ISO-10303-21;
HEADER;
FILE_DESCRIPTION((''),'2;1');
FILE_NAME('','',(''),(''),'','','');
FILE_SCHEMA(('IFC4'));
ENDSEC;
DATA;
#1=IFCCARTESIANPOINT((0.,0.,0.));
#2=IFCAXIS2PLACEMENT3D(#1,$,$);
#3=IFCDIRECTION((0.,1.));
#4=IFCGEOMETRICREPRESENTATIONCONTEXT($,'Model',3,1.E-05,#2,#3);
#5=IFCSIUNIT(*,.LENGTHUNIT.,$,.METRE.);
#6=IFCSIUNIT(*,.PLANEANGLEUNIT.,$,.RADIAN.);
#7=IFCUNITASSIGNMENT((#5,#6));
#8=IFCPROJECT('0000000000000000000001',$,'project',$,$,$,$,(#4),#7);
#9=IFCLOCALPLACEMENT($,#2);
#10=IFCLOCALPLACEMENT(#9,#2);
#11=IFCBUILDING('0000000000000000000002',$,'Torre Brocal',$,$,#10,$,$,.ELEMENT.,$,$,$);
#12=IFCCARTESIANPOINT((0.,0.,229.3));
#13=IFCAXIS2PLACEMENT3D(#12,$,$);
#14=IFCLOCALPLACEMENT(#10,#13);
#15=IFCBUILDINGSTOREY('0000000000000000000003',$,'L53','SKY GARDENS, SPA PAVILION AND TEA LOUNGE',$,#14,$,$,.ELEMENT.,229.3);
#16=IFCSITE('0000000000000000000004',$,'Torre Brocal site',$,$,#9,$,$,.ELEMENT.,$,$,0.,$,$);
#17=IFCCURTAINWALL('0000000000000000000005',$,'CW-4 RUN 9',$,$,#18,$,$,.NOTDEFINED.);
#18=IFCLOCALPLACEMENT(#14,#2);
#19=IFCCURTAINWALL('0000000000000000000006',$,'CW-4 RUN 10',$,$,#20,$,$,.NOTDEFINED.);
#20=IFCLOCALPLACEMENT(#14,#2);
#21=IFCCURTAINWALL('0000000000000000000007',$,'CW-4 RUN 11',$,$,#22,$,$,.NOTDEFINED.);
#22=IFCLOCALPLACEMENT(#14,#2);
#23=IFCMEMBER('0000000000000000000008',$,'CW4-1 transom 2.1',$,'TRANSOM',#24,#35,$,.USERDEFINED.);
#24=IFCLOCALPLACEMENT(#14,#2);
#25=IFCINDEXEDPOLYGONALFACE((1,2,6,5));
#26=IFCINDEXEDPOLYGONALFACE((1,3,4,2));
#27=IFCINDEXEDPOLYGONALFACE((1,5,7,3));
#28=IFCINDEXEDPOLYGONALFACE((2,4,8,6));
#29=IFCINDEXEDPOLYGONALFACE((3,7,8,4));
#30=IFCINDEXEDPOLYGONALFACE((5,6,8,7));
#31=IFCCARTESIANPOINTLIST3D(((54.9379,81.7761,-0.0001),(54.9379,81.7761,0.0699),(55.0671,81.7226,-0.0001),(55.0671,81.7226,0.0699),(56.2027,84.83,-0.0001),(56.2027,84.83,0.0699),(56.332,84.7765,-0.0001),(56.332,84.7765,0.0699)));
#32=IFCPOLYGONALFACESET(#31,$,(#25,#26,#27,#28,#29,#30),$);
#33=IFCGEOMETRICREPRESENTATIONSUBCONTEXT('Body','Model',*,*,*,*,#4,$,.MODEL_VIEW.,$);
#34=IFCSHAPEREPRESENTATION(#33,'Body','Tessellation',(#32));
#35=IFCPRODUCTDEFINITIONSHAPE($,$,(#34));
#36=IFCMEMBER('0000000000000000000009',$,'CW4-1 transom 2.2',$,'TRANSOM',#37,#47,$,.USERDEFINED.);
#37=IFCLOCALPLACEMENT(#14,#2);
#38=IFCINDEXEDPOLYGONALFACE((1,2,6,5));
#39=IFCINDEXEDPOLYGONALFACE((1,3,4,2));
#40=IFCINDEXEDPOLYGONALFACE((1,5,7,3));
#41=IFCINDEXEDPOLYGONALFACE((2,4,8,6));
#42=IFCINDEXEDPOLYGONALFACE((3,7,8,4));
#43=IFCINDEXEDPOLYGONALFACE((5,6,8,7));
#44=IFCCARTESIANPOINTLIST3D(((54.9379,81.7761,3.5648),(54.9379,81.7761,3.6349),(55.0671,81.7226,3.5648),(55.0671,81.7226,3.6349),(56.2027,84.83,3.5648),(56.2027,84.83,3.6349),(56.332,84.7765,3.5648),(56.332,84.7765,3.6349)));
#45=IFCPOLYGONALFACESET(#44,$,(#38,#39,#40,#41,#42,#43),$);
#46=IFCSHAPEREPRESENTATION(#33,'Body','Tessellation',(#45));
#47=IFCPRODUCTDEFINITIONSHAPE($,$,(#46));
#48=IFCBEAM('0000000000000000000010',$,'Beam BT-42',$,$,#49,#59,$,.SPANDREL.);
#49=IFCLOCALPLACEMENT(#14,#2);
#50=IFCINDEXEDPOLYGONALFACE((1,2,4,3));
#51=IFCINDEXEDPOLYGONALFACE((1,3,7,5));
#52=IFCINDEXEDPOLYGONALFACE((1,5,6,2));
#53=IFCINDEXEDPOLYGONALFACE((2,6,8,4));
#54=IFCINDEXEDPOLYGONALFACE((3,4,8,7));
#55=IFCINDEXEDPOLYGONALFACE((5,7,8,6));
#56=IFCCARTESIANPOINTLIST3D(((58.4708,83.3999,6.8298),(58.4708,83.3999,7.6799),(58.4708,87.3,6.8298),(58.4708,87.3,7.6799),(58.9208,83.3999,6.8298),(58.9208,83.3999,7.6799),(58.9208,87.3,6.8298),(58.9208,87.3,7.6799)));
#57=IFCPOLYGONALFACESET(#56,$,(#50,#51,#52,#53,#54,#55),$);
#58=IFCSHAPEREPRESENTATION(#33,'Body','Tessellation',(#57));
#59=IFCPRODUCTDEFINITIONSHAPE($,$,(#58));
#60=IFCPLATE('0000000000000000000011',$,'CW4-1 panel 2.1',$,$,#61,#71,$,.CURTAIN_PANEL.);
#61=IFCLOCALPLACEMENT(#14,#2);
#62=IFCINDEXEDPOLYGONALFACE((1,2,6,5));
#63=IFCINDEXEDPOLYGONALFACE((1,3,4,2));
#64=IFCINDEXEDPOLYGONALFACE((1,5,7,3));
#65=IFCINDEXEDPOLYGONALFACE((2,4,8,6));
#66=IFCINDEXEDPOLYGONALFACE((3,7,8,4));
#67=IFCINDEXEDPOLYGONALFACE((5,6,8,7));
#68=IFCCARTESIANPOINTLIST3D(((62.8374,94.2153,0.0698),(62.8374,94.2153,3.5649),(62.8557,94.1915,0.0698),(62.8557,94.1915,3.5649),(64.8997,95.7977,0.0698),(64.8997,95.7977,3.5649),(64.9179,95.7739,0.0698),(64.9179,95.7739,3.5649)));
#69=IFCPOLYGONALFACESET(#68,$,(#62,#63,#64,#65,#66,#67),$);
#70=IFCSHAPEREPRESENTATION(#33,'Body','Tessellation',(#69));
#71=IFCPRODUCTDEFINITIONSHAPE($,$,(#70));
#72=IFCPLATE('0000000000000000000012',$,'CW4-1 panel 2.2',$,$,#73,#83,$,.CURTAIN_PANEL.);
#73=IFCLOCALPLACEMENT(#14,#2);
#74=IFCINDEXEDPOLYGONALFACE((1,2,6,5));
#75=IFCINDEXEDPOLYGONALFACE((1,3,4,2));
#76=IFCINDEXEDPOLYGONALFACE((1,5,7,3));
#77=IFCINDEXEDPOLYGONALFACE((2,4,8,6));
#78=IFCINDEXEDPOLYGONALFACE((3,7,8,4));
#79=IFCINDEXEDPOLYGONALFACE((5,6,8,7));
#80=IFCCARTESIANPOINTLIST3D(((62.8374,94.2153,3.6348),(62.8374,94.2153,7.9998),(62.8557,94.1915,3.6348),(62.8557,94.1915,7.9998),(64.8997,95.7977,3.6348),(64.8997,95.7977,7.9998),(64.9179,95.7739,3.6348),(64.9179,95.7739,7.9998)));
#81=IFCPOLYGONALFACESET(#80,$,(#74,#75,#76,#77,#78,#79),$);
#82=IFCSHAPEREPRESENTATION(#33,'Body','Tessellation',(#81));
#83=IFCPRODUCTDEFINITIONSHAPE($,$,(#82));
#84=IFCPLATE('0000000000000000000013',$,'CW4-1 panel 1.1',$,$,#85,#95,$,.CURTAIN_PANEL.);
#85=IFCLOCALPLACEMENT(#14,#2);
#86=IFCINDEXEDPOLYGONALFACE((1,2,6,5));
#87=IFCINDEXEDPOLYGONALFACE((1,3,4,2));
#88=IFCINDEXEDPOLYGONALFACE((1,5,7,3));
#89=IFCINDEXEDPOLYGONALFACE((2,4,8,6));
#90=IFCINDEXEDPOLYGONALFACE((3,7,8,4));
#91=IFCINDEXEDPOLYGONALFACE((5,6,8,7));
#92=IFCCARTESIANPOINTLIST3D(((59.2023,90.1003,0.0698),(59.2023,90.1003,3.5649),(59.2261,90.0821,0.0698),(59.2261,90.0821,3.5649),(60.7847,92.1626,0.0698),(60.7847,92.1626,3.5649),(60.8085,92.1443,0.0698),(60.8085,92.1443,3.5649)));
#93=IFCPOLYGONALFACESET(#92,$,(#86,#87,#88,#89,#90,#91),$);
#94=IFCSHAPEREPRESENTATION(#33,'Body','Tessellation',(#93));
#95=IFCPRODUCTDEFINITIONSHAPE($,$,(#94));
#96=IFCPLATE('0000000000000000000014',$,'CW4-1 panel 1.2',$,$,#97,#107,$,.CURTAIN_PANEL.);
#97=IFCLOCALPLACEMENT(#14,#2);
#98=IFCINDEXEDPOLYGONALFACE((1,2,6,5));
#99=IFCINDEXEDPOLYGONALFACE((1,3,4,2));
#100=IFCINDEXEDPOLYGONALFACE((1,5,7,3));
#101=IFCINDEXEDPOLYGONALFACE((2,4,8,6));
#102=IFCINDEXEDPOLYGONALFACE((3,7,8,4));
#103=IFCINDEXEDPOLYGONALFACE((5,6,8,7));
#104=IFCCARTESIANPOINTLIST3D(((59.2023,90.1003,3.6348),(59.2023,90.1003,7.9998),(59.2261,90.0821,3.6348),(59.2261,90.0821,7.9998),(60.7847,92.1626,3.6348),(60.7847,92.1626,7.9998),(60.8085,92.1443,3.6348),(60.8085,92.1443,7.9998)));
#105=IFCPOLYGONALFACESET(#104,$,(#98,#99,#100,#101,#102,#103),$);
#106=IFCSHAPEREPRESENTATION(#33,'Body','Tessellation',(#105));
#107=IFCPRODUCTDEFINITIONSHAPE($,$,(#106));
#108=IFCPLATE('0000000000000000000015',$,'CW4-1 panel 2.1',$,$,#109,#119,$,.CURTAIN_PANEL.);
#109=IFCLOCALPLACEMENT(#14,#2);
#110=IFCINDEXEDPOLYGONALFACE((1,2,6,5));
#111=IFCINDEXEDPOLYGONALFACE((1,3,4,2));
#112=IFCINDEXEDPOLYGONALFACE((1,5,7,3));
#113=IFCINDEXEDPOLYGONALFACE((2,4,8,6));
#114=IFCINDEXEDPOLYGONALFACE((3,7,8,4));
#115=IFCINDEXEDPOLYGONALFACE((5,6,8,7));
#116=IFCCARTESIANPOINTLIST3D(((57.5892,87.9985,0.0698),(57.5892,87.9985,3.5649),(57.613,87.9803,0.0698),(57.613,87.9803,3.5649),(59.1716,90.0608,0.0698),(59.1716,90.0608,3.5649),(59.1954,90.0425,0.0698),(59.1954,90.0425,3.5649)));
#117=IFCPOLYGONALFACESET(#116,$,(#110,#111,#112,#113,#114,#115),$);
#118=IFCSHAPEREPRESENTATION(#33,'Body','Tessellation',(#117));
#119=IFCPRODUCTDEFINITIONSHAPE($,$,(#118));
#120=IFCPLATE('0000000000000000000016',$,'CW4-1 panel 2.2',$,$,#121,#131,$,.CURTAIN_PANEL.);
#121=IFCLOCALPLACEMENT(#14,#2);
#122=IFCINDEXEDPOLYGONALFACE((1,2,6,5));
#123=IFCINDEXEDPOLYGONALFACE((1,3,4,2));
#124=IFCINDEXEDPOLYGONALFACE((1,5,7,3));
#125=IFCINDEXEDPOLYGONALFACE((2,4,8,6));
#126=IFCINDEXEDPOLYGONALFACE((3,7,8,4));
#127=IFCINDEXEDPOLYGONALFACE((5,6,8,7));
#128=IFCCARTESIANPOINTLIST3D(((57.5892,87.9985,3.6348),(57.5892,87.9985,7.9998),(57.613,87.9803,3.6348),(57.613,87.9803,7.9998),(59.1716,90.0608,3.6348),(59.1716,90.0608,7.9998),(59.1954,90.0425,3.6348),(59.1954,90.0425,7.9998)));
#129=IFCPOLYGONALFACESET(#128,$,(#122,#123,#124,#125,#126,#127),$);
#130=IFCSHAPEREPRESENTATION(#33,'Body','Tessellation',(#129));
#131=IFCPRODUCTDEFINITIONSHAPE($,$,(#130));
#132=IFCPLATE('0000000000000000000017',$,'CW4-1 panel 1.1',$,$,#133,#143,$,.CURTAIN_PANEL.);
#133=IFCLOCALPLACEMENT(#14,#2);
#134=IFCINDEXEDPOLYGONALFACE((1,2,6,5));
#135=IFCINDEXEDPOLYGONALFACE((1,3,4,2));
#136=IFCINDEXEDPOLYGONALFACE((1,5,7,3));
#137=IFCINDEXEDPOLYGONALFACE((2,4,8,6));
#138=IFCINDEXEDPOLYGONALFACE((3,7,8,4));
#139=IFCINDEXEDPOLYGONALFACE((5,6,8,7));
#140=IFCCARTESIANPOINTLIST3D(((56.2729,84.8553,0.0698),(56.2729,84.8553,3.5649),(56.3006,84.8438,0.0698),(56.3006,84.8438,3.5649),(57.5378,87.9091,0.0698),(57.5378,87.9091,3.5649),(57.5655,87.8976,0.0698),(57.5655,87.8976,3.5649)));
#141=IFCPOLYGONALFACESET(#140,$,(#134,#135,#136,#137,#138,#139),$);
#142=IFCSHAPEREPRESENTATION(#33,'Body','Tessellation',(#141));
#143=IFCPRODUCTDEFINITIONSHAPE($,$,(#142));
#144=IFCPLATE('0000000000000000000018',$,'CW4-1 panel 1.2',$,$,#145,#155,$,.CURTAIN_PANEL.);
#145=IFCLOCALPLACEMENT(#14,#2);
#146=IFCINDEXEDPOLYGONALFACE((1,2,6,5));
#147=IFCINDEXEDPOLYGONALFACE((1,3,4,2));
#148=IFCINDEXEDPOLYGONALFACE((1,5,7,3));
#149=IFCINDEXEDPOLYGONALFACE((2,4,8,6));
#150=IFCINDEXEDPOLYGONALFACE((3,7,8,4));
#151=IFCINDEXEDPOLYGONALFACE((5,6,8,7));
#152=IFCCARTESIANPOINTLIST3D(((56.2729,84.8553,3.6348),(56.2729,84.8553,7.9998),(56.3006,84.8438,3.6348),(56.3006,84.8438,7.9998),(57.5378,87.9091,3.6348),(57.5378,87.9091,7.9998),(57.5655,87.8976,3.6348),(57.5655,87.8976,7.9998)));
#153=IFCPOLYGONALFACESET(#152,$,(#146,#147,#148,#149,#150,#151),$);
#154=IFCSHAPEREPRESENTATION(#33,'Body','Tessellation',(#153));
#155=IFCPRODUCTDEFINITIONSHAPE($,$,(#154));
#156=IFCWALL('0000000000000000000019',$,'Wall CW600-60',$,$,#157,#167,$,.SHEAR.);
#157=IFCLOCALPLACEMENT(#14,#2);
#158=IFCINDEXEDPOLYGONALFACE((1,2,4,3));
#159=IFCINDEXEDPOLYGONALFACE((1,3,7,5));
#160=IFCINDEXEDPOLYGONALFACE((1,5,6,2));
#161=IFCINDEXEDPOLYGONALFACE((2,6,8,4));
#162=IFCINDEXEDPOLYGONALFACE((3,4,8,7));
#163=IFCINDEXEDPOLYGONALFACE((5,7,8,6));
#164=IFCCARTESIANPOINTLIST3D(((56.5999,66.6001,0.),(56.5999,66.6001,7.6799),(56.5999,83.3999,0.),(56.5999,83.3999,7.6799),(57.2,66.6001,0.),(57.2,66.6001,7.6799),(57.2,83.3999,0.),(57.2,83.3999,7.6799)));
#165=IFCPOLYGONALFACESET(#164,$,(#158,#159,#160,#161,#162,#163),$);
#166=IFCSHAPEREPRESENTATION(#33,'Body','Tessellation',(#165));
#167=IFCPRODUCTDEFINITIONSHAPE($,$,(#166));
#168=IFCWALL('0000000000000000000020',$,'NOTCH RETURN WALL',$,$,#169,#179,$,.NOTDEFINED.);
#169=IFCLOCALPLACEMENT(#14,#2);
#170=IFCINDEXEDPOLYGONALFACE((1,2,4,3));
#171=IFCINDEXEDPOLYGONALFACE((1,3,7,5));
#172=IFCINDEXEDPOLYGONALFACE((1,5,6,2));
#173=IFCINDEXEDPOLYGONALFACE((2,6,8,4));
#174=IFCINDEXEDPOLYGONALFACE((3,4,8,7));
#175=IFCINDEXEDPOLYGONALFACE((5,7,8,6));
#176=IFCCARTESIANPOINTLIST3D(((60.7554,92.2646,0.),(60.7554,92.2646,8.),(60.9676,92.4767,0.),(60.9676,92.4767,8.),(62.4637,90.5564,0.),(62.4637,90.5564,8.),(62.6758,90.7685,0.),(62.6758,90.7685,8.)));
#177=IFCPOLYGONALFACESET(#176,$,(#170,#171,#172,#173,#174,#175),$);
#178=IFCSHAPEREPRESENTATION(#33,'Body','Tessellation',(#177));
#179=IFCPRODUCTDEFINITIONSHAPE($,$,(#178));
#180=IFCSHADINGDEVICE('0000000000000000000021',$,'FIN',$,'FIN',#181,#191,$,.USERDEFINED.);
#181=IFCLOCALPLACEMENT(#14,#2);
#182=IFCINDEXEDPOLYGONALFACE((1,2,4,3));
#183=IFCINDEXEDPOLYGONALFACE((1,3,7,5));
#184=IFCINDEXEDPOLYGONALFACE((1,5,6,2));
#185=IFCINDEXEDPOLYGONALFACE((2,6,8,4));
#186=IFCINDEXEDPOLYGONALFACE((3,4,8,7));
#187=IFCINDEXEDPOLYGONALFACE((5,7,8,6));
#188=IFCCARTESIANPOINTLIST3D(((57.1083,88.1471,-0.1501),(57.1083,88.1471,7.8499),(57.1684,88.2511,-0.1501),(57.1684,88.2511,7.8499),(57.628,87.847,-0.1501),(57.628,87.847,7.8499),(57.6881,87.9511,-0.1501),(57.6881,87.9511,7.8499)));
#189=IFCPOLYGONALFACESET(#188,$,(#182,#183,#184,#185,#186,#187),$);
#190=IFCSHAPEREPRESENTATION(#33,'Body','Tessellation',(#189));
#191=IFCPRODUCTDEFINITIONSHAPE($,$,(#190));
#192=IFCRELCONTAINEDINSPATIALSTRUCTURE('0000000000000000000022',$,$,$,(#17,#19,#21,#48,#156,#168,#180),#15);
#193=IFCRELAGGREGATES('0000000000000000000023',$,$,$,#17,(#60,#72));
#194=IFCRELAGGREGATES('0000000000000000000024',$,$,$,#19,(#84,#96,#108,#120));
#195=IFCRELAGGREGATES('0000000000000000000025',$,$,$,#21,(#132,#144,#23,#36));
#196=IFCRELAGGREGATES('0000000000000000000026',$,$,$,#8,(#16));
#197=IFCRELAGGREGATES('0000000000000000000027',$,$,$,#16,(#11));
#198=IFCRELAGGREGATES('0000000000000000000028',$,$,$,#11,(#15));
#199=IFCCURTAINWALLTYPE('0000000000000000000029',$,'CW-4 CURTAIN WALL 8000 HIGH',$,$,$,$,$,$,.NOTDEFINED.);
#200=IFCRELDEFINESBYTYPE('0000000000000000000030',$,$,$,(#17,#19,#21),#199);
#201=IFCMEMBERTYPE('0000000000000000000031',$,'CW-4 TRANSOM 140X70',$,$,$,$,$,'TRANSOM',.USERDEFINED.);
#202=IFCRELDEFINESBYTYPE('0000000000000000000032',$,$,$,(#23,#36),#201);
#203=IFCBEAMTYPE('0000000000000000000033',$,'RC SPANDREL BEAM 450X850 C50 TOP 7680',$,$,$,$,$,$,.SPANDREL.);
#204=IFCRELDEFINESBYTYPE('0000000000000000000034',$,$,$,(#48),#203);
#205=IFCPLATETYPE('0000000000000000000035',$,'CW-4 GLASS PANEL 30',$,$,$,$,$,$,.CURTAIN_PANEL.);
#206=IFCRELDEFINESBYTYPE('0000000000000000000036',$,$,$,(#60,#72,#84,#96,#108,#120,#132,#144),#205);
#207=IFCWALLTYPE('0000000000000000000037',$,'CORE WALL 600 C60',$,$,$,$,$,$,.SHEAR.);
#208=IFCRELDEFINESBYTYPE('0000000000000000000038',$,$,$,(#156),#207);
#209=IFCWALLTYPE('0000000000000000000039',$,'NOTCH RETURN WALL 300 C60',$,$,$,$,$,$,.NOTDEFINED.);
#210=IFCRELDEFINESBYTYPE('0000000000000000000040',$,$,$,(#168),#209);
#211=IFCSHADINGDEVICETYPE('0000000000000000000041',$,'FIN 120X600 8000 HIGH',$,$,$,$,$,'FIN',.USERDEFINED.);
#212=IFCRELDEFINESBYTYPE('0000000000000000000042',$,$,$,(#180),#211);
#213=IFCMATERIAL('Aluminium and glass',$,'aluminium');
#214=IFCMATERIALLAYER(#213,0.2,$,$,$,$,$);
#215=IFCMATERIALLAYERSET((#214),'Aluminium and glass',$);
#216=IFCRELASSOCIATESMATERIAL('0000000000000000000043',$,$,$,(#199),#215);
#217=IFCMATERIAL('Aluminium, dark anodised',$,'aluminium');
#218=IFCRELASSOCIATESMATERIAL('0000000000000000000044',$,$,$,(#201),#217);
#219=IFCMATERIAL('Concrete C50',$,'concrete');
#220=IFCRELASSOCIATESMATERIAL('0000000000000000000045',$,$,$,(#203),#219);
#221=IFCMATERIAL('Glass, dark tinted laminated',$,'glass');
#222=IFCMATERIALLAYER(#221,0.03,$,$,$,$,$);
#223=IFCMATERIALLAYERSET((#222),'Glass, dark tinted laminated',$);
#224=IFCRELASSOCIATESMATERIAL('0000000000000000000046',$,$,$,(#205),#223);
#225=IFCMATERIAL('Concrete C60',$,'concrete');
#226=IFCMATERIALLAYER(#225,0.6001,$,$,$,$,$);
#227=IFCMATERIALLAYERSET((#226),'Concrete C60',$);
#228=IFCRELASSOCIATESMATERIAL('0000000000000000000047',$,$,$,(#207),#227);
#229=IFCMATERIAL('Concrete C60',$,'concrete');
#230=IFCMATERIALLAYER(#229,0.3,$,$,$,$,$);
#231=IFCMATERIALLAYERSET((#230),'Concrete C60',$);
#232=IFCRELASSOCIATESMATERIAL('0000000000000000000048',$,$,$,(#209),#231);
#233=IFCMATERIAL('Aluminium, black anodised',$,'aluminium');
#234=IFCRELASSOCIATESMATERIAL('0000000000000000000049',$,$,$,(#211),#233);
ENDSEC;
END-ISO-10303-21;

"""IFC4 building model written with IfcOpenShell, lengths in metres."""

from ifc_helpers import new_model, si_unit, direction, frame, frame_2d, origin, origin_2d, place, context, subcontext, project, spatial, rectangle, extrude, material, layer, layer_set, material_profile, profile_set, type_object, element, aggregate, save


model = new_model("IFC4")

# Units and contexts
model_context = context("Model", 3, precision=1e-05, world=origin(), true_north=direction((0.0, 1.0)))
body_context = subcontext(model_context, "Body", "Model", "MODEL_VIEW")
ifc_project = project(units=[si_unit("LENGTHUNIT", "METRE"), si_unit("PLANEANGLEUNIT", "RADIAN")], contexts=[model_context])

# Site, building, storey
site_placement = place(None, origin())
site = spatial("IfcSite", under=ifc_project, at=site_placement, Name="Torre Brocal site", CompositionType="ELEMENT", RefElevation=0.0)
building_placement = place(site_placement, origin())
building = spatial("IfcBuilding", under=site, at=building_placement, Name="Torre Brocal", CompositionType="ELEMENT")
storey_placement = place(building_placement, frame((0.0, 0.0, 229.3)))
storey = spatial("IfcBuildingStorey", under=building, at=storey_placement, Name="L53", Description="SKY GARDENS, SPA PAVILION AND TEA LOUNGE", CompositionType="ELEMENT", Elevation=229.3)

# Curtain wall
ifc_material_1 = material(Name="Aluminium and glass", Category="aluminium")
ifc_layer_1 = layer(ifc_material_1, 0.2)
ifc_layer_set_1 = layer_set([ifc_layer_1], Name="Aluminium and glass")
curtain_wall_type = type_object("IfcCurtainWallType", Name="CW-4 CURTAIN WALL 8000 HIGH", PredefinedType="NOTDEFINED", material=ifc_layer_set_1)
curtain_wall_1_placement = place(storey_placement, origin())
curtain_wall_1 = element("IfcCurtainWall", 1, at=curtain_wall_1_placement, inside=storey, type_object=curtain_wall_type, Name="CW-4 RUN 9", PredefinedType="NOTDEFINED")

# Curtain walls
curtain_wall_2_placement = place(storey_placement, origin())
curtain_wall_2 = element("IfcCurtainWall", 2, at=curtain_wall_2_placement, inside=storey, type_object=curtain_wall_type, Name="CW-4 RUN 10", PredefinedType="NOTDEFINED")
curtain_wall_3_placement = place(storey_placement, origin())
curtain_wall_3 = element("IfcCurtainWall", 3, at=curtain_wall_3_placement, inside=storey, type_object=curtain_wall_type, Name="CW-4 RUN 11", PredefinedType="NOTDEFINED")

# Members
ifc_material_2 = material(Name="Aluminium, dark anodised", Category="aluminium")
ifc_material_profile_1 = material_profile(ifc_material_2, rectangle(XDim=0.1399, YDim=0.0701, at=origin_2d()), Name="CW-4 TRANSOM 140X70")
ifc_profile_set_1 = profile_set([ifc_material_profile_1], Name="Aluminium, dark anodised")
member_type_1 = type_object("IfcMemberType", Name="CW-4 TRANSOM 140X70", ElementType="TRANSOM", PredefinedType="USERDEFINED", material=ifc_profile_set_1)
member_1_placement = place(storey_placement, frame((56.2673, 84.8032, 0.0349), z_axis=(-0.382658, -0.92389, 0.0), x_axis=(0.92389, -0.382658, 0.0)))
member_1 = element("IfcMember", 4, at=member_1_placement, type_object=member_type_1, Name="CW4-1 transom 2.1", ObjectType="TRANSOM", PredefinedType="USERDEFINED", context=body_context, shape_type="SweptSolid", body=[
    extrude(rectangle(XDim=0.1399, YDim=0.0701, at=origin_2d()), origin(), (0.0, 0.0, 1.0), 3.3054),
])
member_2_placement = place(storey_placement, frame((56.2673, 84.8032, 3.5999), z_axis=(-0.382658, -0.92389, 0.0), x_axis=(0.92389, -0.382658, 0.0)))
member_2 = element("IfcMember", 5, at=member_2_placement, type_object=member_type_1, Name="CW4-1 transom 2.2", ObjectType="TRANSOM", PredefinedType="USERDEFINED", context=body_context, shape_type="SweptSolid", body=[
    extrude(rectangle(XDim=0.1399, YDim=0.0701, at=origin_2d()), origin(), (0.0, 0.0, 1.0), 3.3054),
])

# Beam
ifc_material_3 = material(Name="Concrete C50", Category="concrete")
ifc_material_profile_2 = material_profile(ifc_material_3, rectangle(XDim=0.45, YDim=0.8501, at=origin_2d()), Name="RC 450X850")
ifc_profile_set_2 = profile_set([ifc_material_profile_2], Name="Concrete C50")
beam_type = type_object("IfcBeamType", Name="RC SPANDREL BEAM 450X850 C50 TOP 7680", PredefinedType="SPANDREL", material=ifc_profile_set_2)
beam_placement = place(storey_placement, frame((58.6958, 87.3, 7.2549), z_axis=(0.0, -1.0, 0.0), x_axis=(1.0, 0.0, 0.0)))
element("IfcBeam", 6, at=beam_placement, inside=storey, type_object=beam_type, Name="Beam BT-42", PredefinedType="SPANDREL", context=body_context, shape_type="SweptSolid", body=[
    extrude(rectangle(XDim=0.45, YDim=0.8501, at=origin_2d()), origin(), (0.0, 0.0, 1.0), 3.9001),
])

# Plates
ifc_material_4 = material(Name="Glass, dark tinted laminated", Category="glass")
ifc_layer_2 = layer(ifc_material_4, 0.03)
ifc_layer_set_2 = layer_set([ifc_layer_2], Name="Glass, dark tinted laminated")
plate_type = type_object("IfcPlateType", Name="CW-4 GLASS PANEL 30", PredefinedType="CURTAIN_PANEL", material=ifc_layer_set_2)
plate_1_placement = place(storey_placement, frame((63.8777, 94.9946, 0.0698), z_axis=(0.0, 0.0, 1.0), x_axis=(-0.793353, -0.608761, 0.0)))
plate_1 = element("IfcPlate", 7, at=plate_1_placement, type_object=plate_type, Name="CW4-1 panel 2.1", PredefinedType="CURTAIN_PANEL", context=body_context, shape_type="SweptSolid", body=[
    extrude(rectangle(XDim=2.5994, YDim=0.03, at=origin_2d()), origin(), (0.0, 0.0, 1.0), 3.4951),
])
plate_2_placement = place(storey_placement, frame((63.8777, 94.9946, 3.6348), z_axis=(0.0, 0.0, 1.0), x_axis=(-0.793353, -0.608761, 0.0)))
plate_2 = element("IfcPlate", 8, at=plate_2_placement, type_object=plate_type, Name="CW4-1 panel 2.2", PredefinedType="CURTAIN_PANEL", context=body_context, shape_type="SweptSolid", body=[
    extrude(rectangle(XDim=2.5994, YDim=0.03, at=origin_2d()), origin(), (0.0, 0.0, 1.0), 4.365),
])
aggregate(curtain_wall_1, [plate_1, plate_2])
plate_3_placement = place(storey_placement, frame((60.0054, 91.1223, 0.0698), z_axis=(0.0, 0.0, 1.0), x_axis=(-0.608761, -0.793353, 0.0)))
plate_3 = element("IfcPlate", 9, at=plate_3_placement, type_object=plate_type, Name="CW4-1 panel 1.1", PredefinedType="CURTAIN_PANEL", context=body_context, shape_type="SweptSolid", body=[
    extrude(rectangle(XDim=2.5994, YDim=0.03, at=origin_2d()), origin(), (0.0, 0.0, 1.0), 3.4951),
])
plate_4_placement = place(storey_placement, frame((60.0054, 91.1223, 3.6348), z_axis=(0.0, 0.0, 1.0), x_axis=(-0.608761, -0.793353, 0.0)))
plate_4 = element("IfcPlate", 10, at=plate_4_placement, type_object=plate_type, Name="CW4-1 panel 1.2", PredefinedType="CURTAIN_PANEL", context=body_context, shape_type="SweptSolid", body=[
    extrude(rectangle(XDim=2.5994, YDim=0.03, at=origin_2d()), origin(), (0.0, 0.0, 1.0), 4.365),
])
plate_5_placement = place(storey_placement, frame((58.3923, 89.0205, 0.0698), z_axis=(0.0, 0.0, 1.0), x_axis=(-0.608761, -0.793353, 0.0)))
plate_5 = element("IfcPlate", 11, at=plate_5_placement, type_object=plate_type, Name="CW4-1 panel 2.1", PredefinedType="CURTAIN_PANEL", context=body_context, shape_type="SweptSolid", body=[
    extrude(rectangle(XDim=2.5994, YDim=0.03, at=origin_2d()), origin(), (0.0, 0.0, 1.0), 3.4951),
])
plate_6_placement = place(storey_placement, frame((58.3923, 89.0205, 3.6348), z_axis=(0.0, 0.0, 1.0), x_axis=(-0.608761, -0.793353, 0.0)))
plate_6 = element("IfcPlate", 12, at=plate_6_placement, type_object=plate_type, Name="CW4-1 panel 2.2", PredefinedType="CURTAIN_PANEL", context=body_context, shape_type="SweptSolid", body=[
    extrude(rectangle(XDim=2.5994, YDim=0.03, at=origin_2d()), origin(), (0.0, 0.0, 1.0), 4.365),
])
aggregate(curtain_wall_2, [plate_3, plate_4, plate_5, plate_6])
plate_7_placement = place(storey_placement, frame((56.9192, 86.3765, 0.0698), z_axis=(0.0, 0.0, 1.0), x_axis=(-0.382683, -0.92388, 0.0)))
plate_7 = element("IfcPlate", 13, at=plate_7_placement, type_object=plate_type, Name="CW4-1 panel 1.1", PredefinedType="CURTAIN_PANEL", context=body_context, shape_type="SweptSolid", body=[
    extrude(rectangle(XDim=3.3054, YDim=0.03, at=origin_2d()), origin(), (0.0, 0.0, 1.0), 3.4951),
])
plate_8_placement = place(storey_placement, frame((56.9192, 86.3765, 3.6348), z_axis=(0.0, 0.0, 1.0), x_axis=(-0.382683, -0.92388, 0.0)))
plate_8 = element("IfcPlate", 14, at=plate_8_placement, type_object=plate_type, Name="CW4-1 panel 1.2", PredefinedType="CURTAIN_PANEL", context=body_context, shape_type="SweptSolid", body=[
    extrude(rectangle(XDim=3.3054, YDim=0.03, at=origin_2d()), origin(), (0.0, 0.0, 1.0), 4.365),
])
aggregate(curtain_wall_3, [plate_7, plate_8, member_1, member_2])

# Walls
ifc_material_5 = material(Name="Concrete C60", Category="concrete")
ifc_layer_3 = layer(ifc_material_5, 0.6001)
ifc_layer_set_3 = layer_set([ifc_layer_3], Name="Concrete C60")
wall_type_1 = type_object("IfcWallType", Name="CORE WALL 600 C60", PredefinedType="SHEAR", material=ifc_layer_set_3)
wall_1_placement = place(storey_placement, frame((56.8999, 83.3999, 0.0), z_axis=(0.0, 0.0, 1.0), x_axis=(0.0, -1.0, 0.0)))
element("IfcWall", 15, at=wall_1_placement, inside=storey, type_object=wall_type_1, Name="Wall CW600-60", PredefinedType="SHEAR", context=body_context, shape_type="SweptSolid", body=[
    extrude(rectangle(XDim=16.7998, YDim=0.6001, at=frame_2d((8.3999, 0.0))), origin(), (0.0, 0.0, 1.0), 7.6799),
])
ifc_material_6 = material(Name="Concrete C60", Category="concrete")
ifc_layer_4 = layer(ifc_material_6, 0.3)
ifc_layer_set_4 = layer_set([ifc_layer_4], Name="Concrete C60")
wall_type_2 = type_object("IfcWallType", Name="NOTCH RETURN WALL 300 C60", PredefinedType="NOTDEFINED", material=ifc_layer_set_4)
wall_2_placement = place(storey_placement, frame((62.5698, 90.6624, 0.0), z_axis=(0.0, 0.0, 1.0), x_axis=(-0.707107, 0.707107, 0.0)))
element("IfcWall", 16, at=wall_2_placement, inside=storey, type_object=wall_type_2, Name="NOTCH RETURN WALL", PredefinedType="NOTDEFINED", context=body_context, shape_type="SweptSolid", body=[
    extrude(rectangle(XDim=2.4158, YDim=0.3, at=frame_2d((1.208, 0.0))), origin(), (0.0, 0.0, 1.0), 8.0),
])

# Shading device
ifc_material_7 = material(Name="Aluminium, black anodised", Category="aluminium")
ifc_material_profile_3 = material_profile(ifc_material_7, rectangle(XDim=0.1201, YDim=0.6001, at=origin_2d()), Name="FIN 120X600 8000 HIGH")
ifc_profile_set_3 = profile_set([ifc_material_profile_3], Name="Aluminium, black anodised")
shading_device_type = type_object("IfcShadingDeviceType", Name="FIN 120X600 8000 HIGH", ElementType="FIN", PredefinedType="USERDEFINED", material=ifc_profile_set_3)
shading_device_placement = place(storey_placement, frame((57.3982, 88.0491, -0.1501), z_axis=(0.0, 0.0, 1.0), x_axis=(-0.5, -0.866025, 0.0)))
element("IfcShadingDevice", 17, at=shading_device_placement, inside=storey, type_object=shading_device_type, Name="FIN", ObjectType="FIN", PredefinedType="USERDEFINED", context=body_context, shape_type="SweptSolid", body=[
    extrude(rectangle(XDim=0.1201, YDim=0.6001, at=origin_2d()), origin(), (0.0, 0.0, 1.0), 8.0),
])

save(model, "model.ifc")
